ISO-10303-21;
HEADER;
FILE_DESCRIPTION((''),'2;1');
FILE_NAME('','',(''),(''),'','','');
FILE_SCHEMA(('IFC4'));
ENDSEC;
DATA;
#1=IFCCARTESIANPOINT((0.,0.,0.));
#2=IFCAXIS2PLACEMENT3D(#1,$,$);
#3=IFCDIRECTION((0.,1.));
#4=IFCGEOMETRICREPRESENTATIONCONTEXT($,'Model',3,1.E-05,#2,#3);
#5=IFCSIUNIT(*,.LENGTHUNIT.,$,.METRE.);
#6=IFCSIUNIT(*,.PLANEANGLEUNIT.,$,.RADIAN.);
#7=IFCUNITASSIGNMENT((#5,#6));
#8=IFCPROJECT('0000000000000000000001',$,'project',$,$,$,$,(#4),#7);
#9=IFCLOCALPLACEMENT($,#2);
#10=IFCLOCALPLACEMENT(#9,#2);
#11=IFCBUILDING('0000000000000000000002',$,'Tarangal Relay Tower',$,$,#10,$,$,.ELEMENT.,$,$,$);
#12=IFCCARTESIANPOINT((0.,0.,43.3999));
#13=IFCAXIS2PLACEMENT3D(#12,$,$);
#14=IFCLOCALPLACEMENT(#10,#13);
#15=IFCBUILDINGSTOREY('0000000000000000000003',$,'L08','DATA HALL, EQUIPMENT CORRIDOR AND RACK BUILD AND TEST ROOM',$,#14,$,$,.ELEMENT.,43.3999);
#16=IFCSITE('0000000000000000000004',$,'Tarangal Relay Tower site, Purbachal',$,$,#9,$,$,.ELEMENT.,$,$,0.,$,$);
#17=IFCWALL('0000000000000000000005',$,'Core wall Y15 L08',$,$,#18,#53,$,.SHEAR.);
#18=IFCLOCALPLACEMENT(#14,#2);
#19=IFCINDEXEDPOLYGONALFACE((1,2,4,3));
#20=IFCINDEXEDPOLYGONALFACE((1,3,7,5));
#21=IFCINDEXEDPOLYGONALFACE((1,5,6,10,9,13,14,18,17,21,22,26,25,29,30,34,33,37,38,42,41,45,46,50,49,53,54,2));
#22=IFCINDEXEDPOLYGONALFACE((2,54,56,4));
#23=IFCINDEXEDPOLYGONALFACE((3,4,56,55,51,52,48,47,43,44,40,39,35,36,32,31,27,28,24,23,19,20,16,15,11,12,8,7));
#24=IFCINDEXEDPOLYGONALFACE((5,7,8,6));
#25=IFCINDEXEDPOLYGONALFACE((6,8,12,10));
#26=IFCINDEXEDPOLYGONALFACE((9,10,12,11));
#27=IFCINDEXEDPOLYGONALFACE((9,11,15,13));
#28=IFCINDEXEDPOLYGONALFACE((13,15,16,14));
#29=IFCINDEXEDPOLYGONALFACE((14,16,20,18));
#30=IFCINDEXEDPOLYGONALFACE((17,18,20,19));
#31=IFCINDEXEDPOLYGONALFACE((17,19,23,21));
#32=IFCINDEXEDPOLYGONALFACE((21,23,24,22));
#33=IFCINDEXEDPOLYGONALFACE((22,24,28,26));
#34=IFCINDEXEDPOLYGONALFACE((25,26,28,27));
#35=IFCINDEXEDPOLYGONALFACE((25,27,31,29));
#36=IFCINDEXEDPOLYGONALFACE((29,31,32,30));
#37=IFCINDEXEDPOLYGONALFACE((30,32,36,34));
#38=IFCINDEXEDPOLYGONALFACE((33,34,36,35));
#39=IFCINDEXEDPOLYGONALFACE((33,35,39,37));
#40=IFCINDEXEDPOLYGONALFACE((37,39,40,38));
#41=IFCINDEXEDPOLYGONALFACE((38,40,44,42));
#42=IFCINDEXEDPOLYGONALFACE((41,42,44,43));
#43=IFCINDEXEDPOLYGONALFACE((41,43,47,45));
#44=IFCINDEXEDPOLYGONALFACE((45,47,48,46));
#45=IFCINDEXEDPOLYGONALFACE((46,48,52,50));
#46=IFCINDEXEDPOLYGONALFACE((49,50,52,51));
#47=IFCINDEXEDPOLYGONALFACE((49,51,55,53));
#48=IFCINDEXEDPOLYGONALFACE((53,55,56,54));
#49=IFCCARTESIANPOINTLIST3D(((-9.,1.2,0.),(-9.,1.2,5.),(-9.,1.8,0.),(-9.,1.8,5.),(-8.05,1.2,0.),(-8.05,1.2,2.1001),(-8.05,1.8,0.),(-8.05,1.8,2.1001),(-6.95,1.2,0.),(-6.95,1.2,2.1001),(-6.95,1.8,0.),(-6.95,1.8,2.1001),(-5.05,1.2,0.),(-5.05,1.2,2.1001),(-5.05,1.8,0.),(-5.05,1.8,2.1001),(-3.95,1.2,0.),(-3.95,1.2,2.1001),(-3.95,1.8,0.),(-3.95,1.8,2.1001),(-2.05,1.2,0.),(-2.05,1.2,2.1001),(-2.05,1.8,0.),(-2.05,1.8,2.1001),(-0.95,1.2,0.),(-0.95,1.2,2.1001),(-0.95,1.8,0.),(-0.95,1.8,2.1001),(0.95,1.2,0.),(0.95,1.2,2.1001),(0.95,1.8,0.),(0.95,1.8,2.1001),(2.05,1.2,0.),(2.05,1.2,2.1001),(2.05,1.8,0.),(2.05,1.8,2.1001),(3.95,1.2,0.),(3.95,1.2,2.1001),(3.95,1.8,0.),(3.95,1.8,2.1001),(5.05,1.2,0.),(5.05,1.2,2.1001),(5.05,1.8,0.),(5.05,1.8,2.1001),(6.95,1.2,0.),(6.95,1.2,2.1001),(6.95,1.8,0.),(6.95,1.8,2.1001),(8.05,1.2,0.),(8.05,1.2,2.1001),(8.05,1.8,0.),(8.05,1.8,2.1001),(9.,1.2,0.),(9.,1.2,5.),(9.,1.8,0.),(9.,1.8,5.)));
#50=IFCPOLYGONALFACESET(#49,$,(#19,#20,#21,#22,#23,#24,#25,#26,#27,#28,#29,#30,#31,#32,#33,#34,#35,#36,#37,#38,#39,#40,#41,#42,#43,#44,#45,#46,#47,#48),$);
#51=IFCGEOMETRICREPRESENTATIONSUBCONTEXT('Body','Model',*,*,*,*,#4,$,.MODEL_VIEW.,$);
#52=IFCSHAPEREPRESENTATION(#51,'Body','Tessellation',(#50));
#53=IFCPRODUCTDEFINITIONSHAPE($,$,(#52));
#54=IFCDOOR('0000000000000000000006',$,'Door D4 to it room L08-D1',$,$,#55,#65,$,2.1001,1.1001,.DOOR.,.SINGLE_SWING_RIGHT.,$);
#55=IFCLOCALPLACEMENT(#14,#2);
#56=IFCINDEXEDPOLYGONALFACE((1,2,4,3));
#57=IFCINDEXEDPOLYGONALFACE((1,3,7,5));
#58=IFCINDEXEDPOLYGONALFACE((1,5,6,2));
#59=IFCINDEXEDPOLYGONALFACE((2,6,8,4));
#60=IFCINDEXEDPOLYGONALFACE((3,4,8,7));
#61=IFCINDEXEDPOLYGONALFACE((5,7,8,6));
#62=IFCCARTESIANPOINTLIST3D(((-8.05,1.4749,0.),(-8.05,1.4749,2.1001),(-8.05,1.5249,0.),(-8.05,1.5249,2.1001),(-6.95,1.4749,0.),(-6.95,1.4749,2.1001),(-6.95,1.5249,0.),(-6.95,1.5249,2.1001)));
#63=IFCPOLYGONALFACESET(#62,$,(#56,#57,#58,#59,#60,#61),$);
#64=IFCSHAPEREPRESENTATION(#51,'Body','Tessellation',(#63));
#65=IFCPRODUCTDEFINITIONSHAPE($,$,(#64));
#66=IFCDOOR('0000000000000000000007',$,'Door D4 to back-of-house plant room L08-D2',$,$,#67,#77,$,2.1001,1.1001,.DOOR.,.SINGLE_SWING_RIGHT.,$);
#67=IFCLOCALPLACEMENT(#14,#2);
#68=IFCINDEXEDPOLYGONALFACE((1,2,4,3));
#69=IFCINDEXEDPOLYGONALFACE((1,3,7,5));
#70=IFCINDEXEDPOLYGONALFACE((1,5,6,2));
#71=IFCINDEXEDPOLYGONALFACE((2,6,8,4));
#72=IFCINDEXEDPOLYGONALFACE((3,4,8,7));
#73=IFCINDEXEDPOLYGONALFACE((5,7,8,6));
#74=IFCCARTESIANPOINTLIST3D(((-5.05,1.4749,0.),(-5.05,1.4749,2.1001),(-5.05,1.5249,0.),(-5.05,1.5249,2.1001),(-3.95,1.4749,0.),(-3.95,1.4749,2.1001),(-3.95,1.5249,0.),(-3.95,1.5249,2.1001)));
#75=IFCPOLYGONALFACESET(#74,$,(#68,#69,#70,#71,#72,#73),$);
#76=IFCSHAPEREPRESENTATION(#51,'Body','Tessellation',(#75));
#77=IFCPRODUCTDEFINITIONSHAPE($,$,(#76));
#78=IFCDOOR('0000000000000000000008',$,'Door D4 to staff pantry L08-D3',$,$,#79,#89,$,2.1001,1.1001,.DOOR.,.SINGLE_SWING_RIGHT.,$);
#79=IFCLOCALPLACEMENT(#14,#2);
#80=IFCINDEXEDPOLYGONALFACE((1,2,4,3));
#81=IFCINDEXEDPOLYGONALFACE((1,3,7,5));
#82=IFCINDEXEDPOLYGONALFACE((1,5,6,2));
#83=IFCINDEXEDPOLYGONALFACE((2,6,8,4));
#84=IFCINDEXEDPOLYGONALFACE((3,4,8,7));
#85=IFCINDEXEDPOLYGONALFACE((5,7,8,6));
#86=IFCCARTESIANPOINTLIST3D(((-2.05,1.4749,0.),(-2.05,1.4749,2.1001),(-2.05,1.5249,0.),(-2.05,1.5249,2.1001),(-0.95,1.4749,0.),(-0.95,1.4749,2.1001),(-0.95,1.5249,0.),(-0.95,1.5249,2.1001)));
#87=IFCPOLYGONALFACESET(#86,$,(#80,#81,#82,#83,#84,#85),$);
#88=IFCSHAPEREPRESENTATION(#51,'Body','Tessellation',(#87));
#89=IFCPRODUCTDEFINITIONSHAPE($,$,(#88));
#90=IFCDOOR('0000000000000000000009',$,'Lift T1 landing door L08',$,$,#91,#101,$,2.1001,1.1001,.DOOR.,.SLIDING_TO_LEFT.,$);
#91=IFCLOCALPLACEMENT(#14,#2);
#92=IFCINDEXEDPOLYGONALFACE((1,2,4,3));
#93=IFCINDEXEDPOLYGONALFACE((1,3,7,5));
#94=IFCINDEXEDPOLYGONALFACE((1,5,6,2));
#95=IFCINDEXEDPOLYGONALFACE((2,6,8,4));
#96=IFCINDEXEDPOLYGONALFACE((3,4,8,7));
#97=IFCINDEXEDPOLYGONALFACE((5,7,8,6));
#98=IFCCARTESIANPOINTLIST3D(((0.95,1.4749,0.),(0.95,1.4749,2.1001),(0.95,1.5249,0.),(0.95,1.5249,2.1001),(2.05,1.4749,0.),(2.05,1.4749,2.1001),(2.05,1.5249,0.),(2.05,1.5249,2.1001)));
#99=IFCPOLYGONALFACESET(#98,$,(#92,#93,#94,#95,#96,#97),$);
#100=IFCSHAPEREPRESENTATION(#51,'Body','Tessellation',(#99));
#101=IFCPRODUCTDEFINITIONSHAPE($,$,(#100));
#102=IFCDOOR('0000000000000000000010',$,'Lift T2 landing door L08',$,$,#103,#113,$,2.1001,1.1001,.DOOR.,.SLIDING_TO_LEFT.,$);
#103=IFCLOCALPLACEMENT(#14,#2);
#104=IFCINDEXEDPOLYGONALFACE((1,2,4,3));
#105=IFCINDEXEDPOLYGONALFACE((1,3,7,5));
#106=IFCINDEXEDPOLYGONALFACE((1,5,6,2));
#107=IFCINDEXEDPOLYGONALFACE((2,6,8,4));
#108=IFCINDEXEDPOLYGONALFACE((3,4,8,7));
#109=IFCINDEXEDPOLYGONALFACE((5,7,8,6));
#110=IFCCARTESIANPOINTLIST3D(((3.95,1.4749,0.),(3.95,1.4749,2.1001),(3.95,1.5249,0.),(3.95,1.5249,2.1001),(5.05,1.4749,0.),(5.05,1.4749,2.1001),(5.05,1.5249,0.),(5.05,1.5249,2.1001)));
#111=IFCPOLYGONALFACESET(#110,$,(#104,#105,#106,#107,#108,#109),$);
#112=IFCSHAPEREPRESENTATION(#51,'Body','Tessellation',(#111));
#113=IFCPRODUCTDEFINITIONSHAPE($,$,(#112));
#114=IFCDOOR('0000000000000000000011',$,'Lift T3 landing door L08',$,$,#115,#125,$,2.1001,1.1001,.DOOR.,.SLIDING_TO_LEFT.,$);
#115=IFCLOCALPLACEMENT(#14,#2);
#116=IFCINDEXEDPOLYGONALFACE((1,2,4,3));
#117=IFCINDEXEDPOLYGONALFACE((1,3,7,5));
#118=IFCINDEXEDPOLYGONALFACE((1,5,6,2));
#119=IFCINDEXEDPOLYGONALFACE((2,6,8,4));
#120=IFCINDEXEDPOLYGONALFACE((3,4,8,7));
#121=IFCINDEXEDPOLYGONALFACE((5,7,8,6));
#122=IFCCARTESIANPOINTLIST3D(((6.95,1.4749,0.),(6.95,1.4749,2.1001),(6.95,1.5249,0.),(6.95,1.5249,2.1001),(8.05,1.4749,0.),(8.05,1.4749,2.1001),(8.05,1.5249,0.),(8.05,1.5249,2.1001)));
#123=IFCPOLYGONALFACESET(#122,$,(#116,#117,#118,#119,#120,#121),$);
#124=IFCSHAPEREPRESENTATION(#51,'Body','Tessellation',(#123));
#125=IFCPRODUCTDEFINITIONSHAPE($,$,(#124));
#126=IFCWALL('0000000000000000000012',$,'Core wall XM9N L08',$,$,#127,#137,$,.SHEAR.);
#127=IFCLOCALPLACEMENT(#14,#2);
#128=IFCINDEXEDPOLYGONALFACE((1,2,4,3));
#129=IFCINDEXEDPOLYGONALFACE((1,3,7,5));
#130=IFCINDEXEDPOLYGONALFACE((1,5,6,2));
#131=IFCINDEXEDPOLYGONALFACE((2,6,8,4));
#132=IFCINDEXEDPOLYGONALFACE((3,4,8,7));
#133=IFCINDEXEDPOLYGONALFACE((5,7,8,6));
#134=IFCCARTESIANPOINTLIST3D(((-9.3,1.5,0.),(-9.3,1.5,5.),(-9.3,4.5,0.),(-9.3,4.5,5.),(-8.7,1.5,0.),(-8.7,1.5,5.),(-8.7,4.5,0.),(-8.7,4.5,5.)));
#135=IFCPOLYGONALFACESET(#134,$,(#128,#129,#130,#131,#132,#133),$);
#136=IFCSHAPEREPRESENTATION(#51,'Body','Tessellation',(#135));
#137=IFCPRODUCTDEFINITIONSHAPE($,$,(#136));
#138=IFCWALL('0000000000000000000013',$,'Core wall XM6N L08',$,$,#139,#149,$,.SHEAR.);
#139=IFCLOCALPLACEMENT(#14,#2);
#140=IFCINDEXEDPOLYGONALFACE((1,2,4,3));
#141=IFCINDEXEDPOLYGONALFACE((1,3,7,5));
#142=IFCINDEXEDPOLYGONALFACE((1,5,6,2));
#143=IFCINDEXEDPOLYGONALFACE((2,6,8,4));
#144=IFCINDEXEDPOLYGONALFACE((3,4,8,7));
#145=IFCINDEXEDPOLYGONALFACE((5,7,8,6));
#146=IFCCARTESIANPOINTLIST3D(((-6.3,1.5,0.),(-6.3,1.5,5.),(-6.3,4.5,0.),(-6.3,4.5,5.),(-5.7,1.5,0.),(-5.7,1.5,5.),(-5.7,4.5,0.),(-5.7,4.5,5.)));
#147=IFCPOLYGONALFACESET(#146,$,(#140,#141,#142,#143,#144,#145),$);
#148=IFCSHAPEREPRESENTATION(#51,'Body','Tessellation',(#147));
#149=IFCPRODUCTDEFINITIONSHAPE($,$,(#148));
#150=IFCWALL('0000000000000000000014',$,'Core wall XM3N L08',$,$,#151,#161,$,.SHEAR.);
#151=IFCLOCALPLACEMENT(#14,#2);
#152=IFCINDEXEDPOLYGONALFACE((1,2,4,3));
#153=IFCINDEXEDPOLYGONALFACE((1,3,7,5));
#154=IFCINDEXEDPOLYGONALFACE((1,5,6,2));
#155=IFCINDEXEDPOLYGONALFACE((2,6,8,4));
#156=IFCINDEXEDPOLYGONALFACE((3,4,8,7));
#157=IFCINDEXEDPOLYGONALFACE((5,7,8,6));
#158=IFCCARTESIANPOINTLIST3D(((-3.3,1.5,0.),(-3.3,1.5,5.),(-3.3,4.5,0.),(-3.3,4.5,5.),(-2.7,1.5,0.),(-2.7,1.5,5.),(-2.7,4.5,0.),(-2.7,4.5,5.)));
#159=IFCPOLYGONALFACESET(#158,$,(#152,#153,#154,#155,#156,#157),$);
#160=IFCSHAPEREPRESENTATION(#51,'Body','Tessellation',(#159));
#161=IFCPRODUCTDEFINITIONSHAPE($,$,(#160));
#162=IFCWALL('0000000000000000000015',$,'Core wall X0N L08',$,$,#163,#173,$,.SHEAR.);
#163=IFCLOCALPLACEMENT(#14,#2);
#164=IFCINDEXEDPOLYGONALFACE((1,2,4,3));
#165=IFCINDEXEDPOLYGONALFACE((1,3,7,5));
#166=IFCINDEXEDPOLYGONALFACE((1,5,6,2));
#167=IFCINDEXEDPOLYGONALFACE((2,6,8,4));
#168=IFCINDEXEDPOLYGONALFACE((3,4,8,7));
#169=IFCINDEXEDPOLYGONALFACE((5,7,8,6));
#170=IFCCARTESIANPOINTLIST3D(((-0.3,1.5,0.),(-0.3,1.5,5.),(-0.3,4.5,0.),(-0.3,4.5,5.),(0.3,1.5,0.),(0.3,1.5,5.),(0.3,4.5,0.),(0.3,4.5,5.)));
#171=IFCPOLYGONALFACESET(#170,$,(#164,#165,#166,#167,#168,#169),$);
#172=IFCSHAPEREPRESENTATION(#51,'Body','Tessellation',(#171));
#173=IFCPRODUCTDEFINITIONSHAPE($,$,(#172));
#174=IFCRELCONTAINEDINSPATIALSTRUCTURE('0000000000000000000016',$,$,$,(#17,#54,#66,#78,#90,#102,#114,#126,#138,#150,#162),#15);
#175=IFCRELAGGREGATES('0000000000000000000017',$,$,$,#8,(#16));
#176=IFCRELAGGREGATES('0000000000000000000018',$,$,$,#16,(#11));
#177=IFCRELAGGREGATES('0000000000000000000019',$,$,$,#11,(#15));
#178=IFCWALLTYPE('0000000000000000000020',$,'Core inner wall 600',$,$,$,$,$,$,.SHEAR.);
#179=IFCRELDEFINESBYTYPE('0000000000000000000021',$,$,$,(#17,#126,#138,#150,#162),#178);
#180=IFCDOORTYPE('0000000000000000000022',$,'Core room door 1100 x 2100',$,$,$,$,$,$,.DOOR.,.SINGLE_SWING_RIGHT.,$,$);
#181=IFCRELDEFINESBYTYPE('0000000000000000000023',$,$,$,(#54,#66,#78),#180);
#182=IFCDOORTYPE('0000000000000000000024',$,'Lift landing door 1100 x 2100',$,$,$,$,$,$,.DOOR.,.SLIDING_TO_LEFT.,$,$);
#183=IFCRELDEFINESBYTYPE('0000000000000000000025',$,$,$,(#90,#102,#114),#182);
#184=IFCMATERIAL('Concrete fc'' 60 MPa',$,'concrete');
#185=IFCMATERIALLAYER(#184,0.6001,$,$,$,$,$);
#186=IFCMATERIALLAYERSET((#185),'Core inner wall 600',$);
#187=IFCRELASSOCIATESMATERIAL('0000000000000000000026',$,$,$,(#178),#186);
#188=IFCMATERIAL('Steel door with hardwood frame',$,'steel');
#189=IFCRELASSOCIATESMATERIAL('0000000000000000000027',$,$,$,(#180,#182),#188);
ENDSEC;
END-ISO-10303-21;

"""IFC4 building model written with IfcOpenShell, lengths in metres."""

from ifc_helpers import new_model, si_unit, direction, frame, frame_2d, origin, place, context, subcontext, project, spatial, rectangle, extrude, material, layer, layer_set, type_object, element, fill, save


model = new_model("IFC4")

# Units and contexts
model_context = context("Model", 3, precision=1e-05, world=origin(), true_north=direction((0.0, 1.0)))
body_context = subcontext(model_context, "Body", "Model", "MODEL_VIEW")
ifc_project = project(units=[si_unit("LENGTHUNIT", "METRE"), si_unit("PLANEANGLEUNIT", "RADIAN")], contexts=[model_context])

# Site, building, storey
site_placement = place(None, origin())
site = spatial("IfcSite", under=ifc_project, at=site_placement, Name="Tarangal Relay Tower site, Purbachal", CompositionType="ELEMENT", RefElevation=0.0)
building_placement = place(site_placement, origin())
building = spatial("IfcBuilding", under=site, at=building_placement, Name="Tarangal Relay Tower", CompositionType="ELEMENT")
storey_placement = place(building_placement, frame((0.0, 0.0, 43.3999)))
storey = spatial("IfcBuildingStorey", under=building, at=storey_placement, Name="L08", Description="DATA HALL, EQUIPMENT CORRIDOR AND RACK BUILD AND TEST ROOM", CompositionType="ELEMENT", Elevation=43.3999)

# Wall, openings, doors
ifc_material_1 = material(Name="Concrete fc' 60 MPa", Category="concrete")
ifc_layer_1 = layer(ifc_material_1, 0.6001)
ifc_layer_set_1 = layer_set([ifc_layer_1], Name="Core inner wall 600")
wall_type = type_object("IfcWallType", Name="Core inner wall 600", PredefinedType="SHEAR", material=ifc_layer_set_1)
wall_1_placement = place(storey_placement, frame((-9.0, 1.5, 0.0), z_axis=(0.0, 0.0, 1.0), x_axis=(1.0, 0.0, 0.0)))
wall_1 = element("IfcWall", 1, at=wall_1_placement, inside=storey, type_object=wall_type, Name="Core wall Y15 L08", PredefinedType="SHEAR", context=body_context, shape_type="SweptSolid", body=[
    extrude(rectangle(XDim=18.0, YDim=0.6001, at=frame_2d((9.0, 0.0))), origin(), (0.0, 0.0, 1.0), 5.0),
])
opening_1_placement = place(wall_1_placement, frame((9.95, 0.0, 0.0)))
opening_1 = element("IfcOpeningElement", 2, at=opening_1_placement, cuts=wall_1, PredefinedType="OPENING", context=body_context, shape_type="SweptSolid", body=[
    extrude(rectangle(XDim=1.1001, YDim=2.1001, at=frame_2d((0.55, 1.05))), frame((0.0, 0.3101, 0.0), z_axis=(0.0, -1.0, 0.0), x_axis=(1.0, 0.0, 0.0)), (0.0, 0.0, 1.0), 0.6201),
])
opening_2_placement = place(wall_1_placement, frame((12.95, 0.0, 0.0)))
opening_2 = element("IfcOpeningElement", 3, at=opening_2_placement, cuts=wall_1, PredefinedType="OPENING", context=body_context, shape_type="SweptSolid", body=[
    extrude(rectangle(XDim=1.1001, YDim=2.1001, at=frame_2d((0.55, 1.05))), frame((0.0, 0.3101, 0.0), z_axis=(0.0, -1.0, 0.0), x_axis=(1.0, 0.0, 0.0)), (0.0, 0.0, 1.0), 0.6201),
])
opening_3_placement = place(wall_1_placement, frame((15.95, 0.0, 0.0)))
opening_3 = element("IfcOpeningElement", 4, at=opening_3_placement, cuts=wall_1, PredefinedType="OPENING", context=body_context, shape_type="SweptSolid", body=[
    extrude(rectangle(XDim=1.1001, YDim=2.1001, at=frame_2d((0.55, 1.05))), frame((0.0, 0.3101, 0.0), z_axis=(0.0, -1.0, 0.0), x_axis=(1.0, 0.0, 0.0)), (0.0, 0.0, 1.0), 0.6201),
])
opening_4_placement = place(wall_1_placement, frame((0.95, 0.0, 0.0)))
opening_4 = element("IfcOpeningElement", 5, at=opening_4_placement, cuts=wall_1, PredefinedType="OPENING", context=body_context, shape_type="SweptSolid", body=[
    extrude(rectangle(XDim=1.1001, YDim=2.1001, at=frame_2d((0.55, 1.05))), frame((0.0, 0.3101, 0.0), z_axis=(0.0, -1.0, 0.0), x_axis=(1.0, 0.0, 0.0)), (0.0, 0.0, 1.0), 0.6201),
])
opening_5_placement = place(wall_1_placement, frame((3.95, 0.0, 0.0)))
opening_5 = element("IfcOpeningElement", 6, at=opening_5_placement, cuts=wall_1, PredefinedType="OPENING", context=body_context, shape_type="SweptSolid", body=[
    extrude(rectangle(XDim=1.1001, YDim=2.1001, at=frame_2d((0.55, 1.05))), frame((0.0, 0.3101, 0.0), z_axis=(0.0, -1.0, 0.0), x_axis=(1.0, 0.0, 0.0)), (0.0, 0.0, 1.0), 0.6201),
])
opening_6_placement = place(wall_1_placement, frame((6.95, 0.0, 0.0)))
opening_6 = element("IfcOpeningElement", 7, at=opening_6_placement, cuts=wall_1, PredefinedType="OPENING", context=body_context, shape_type="SweptSolid", body=[
    extrude(rectangle(XDim=1.1001, YDim=2.1001, at=frame_2d((0.55, 1.05))), frame((0.0, 0.3101, 0.0), z_axis=(0.0, -1.0, 0.0), x_axis=(1.0, 0.0, 0.0)), (0.0, 0.0, 1.0), 0.6201),
])
ifc_material_2 = material(Name="Steel door with hardwood frame", Category="steel")
door_type_1 = type_object("IfcDoorType", Name="Core room door 1100 x 2100", OperationType="SINGLE_SWING_RIGHT", PredefinedType="DOOR", material=ifc_material_2)
door_1_placement = place(opening_4_placement, origin())
door_1 = element("IfcDoor", 8, at=door_1_placement, inside=storey, type_object=door_type_1, Name="Door D4 to it room L08-D1", OperationType="SINGLE_SWING_RIGHT", OverallHeight=2.1001, OverallWidth=1.1001, PredefinedType="DOOR", context=body_context, shape_type="SweptSolid", body=[
    extrude(rectangle(XDim=1.1001, YDim=2.1001, at=frame_2d((0.55, 1.05))), frame((0.0, 0.0249, 0.0), z_axis=(0.0, -1.0, 0.0), x_axis=(1.0, 0.0, 0.0)), (0.0, 0.0, 1.0), 0.05),
])
fill(opening_4, door_1)
door_2_placement = place(opening_5_placement, origin())
door_2 = element("IfcDoor", 9, at=door_2_placement, inside=storey, type_object=door_type_1, Name="Door D4 to back-of-house plant room L08-D2", OperationType="SINGLE_SWING_RIGHT", OverallHeight=2.1001, OverallWidth=1.1001, PredefinedType="DOOR", context=body_context, shape_type="SweptSolid", body=[
    extrude(rectangle(XDim=1.1001, YDim=2.1001, at=frame_2d((0.55, 1.05))), frame((0.0, 0.0249, 0.0), z_axis=(0.0, -1.0, 0.0), x_axis=(1.0, 0.0, 0.0)), (0.0, 0.0, 1.0), 0.05),
])
fill(opening_5, door_2)
door_3_placement = place(opening_6_placement, origin())
door_3 = element("IfcDoor", 10, at=door_3_placement, inside=storey, type_object=door_type_1, Name="Door D4 to staff pantry L08-D3", OperationType="SINGLE_SWING_RIGHT", OverallHeight=2.1001, OverallWidth=1.1001, PredefinedType="DOOR", context=body_context, shape_type="SweptSolid", body=[
    extrude(rectangle(XDim=1.1001, YDim=2.1001, at=frame_2d((0.55, 1.05))), frame((0.0, 0.0249, 0.0), z_axis=(0.0, -1.0, 0.0), x_axis=(1.0, 0.0, 0.0)), (0.0, 0.0, 1.0), 0.05),
])
fill(opening_6, door_3)
door_type_2 = type_object("IfcDoorType", Name="Lift landing door 1100 x 2100", OperationType="SLIDING_TO_LEFT", PredefinedType="DOOR", material=ifc_material_2)
door_4_placement = place(opening_1_placement, origin())
door_4 = element("IfcDoor", 11, at=door_4_placement, inside=storey, type_object=door_type_2, Name="Lift T1 landing door L08", OperationType="SLIDING_TO_LEFT", OverallHeight=2.1001, OverallWidth=1.1001, PredefinedType="DOOR", context=body_context, shape_type="SweptSolid", body=[
    extrude(rectangle(XDim=1.1001, YDim=2.1001, at=frame_2d((0.55, 1.05))), frame((0.0, 0.0249, 0.0), z_axis=(0.0, -1.0, 0.0), x_axis=(1.0, 0.0, 0.0)), (0.0, 0.0, 1.0), 0.05),
])
fill(opening_1, door_4)
door_5_placement = place(opening_2_placement, origin())
door_5 = element("IfcDoor", 12, at=door_5_placement, inside=storey, type_object=door_type_2, Name="Lift T2 landing door L08", OperationType="SLIDING_TO_LEFT", OverallHeight=2.1001, OverallWidth=1.1001, PredefinedType="DOOR", context=body_context, shape_type="SweptSolid", body=[
    extrude(rectangle(XDim=1.1001, YDim=2.1001, at=frame_2d((0.55, 1.05))), frame((0.0, 0.0249, 0.0), z_axis=(0.0, -1.0, 0.0), x_axis=(1.0, 0.0, 0.0)), (0.0, 0.0, 1.0), 0.05),
])
fill(opening_2, door_5)
door_6_placement = place(opening_3_placement, origin())
door_6 = element("IfcDoor", 13, at=door_6_placement, inside=storey, type_object=door_type_2, Name="Lift T3 landing door L08", OperationType="SLIDING_TO_LEFT", OverallHeight=2.1001, OverallWidth=1.1001, PredefinedType="DOOR", context=body_context, shape_type="SweptSolid", body=[
    extrude(rectangle(XDim=1.1001, YDim=2.1001, at=frame_2d((0.55, 1.05))), frame((0.0, 0.0249, 0.0), z_axis=(0.0, -1.0, 0.0), x_axis=(1.0, 0.0, 0.0)), (0.0, 0.0, 1.0), 0.05),
])
fill(opening_3, door_6)

# Walls
for number, where, z_axis, x_axis, name in (
    (14, (-9.0, 1.5, 0.0), (0.0, 0.0, 1.0), (0.0, 1.0, 0.0), "Core wall XM9N L08"),
    (15, (-6.0, 1.5, 0.0), (0.0, 0.0, 1.0), (0.0, 1.0, 0.0), "Core wall XM6N L08"),
    (16, (-3.0, 1.5, 0.0), (0.0, 0.0, 1.0), (0.0, 1.0, 0.0), "Core wall XM3N L08"),
    (17, (0.0, 1.5, 0.0), (0.0, 0.0, 1.0), (0.0, 1.0, 0.0), "Core wall X0N L08"),
):
    element("IfcWall", number, at=place(storey_placement, frame(where, z_axis=z_axis, x_axis=x_axis)), inside=storey, type_object=wall_type, Name=name, PredefinedType="SHEAR", context=body_context, shape_type="SweptSolid", body=[
        extrude(rectangle(XDim=3.0, YDim=0.6001, at=frame_2d((1.5, 0.0))), origin(), (0.0, 0.0, 1.0), 5.0),
    ])

save(model, "model.ifc")
